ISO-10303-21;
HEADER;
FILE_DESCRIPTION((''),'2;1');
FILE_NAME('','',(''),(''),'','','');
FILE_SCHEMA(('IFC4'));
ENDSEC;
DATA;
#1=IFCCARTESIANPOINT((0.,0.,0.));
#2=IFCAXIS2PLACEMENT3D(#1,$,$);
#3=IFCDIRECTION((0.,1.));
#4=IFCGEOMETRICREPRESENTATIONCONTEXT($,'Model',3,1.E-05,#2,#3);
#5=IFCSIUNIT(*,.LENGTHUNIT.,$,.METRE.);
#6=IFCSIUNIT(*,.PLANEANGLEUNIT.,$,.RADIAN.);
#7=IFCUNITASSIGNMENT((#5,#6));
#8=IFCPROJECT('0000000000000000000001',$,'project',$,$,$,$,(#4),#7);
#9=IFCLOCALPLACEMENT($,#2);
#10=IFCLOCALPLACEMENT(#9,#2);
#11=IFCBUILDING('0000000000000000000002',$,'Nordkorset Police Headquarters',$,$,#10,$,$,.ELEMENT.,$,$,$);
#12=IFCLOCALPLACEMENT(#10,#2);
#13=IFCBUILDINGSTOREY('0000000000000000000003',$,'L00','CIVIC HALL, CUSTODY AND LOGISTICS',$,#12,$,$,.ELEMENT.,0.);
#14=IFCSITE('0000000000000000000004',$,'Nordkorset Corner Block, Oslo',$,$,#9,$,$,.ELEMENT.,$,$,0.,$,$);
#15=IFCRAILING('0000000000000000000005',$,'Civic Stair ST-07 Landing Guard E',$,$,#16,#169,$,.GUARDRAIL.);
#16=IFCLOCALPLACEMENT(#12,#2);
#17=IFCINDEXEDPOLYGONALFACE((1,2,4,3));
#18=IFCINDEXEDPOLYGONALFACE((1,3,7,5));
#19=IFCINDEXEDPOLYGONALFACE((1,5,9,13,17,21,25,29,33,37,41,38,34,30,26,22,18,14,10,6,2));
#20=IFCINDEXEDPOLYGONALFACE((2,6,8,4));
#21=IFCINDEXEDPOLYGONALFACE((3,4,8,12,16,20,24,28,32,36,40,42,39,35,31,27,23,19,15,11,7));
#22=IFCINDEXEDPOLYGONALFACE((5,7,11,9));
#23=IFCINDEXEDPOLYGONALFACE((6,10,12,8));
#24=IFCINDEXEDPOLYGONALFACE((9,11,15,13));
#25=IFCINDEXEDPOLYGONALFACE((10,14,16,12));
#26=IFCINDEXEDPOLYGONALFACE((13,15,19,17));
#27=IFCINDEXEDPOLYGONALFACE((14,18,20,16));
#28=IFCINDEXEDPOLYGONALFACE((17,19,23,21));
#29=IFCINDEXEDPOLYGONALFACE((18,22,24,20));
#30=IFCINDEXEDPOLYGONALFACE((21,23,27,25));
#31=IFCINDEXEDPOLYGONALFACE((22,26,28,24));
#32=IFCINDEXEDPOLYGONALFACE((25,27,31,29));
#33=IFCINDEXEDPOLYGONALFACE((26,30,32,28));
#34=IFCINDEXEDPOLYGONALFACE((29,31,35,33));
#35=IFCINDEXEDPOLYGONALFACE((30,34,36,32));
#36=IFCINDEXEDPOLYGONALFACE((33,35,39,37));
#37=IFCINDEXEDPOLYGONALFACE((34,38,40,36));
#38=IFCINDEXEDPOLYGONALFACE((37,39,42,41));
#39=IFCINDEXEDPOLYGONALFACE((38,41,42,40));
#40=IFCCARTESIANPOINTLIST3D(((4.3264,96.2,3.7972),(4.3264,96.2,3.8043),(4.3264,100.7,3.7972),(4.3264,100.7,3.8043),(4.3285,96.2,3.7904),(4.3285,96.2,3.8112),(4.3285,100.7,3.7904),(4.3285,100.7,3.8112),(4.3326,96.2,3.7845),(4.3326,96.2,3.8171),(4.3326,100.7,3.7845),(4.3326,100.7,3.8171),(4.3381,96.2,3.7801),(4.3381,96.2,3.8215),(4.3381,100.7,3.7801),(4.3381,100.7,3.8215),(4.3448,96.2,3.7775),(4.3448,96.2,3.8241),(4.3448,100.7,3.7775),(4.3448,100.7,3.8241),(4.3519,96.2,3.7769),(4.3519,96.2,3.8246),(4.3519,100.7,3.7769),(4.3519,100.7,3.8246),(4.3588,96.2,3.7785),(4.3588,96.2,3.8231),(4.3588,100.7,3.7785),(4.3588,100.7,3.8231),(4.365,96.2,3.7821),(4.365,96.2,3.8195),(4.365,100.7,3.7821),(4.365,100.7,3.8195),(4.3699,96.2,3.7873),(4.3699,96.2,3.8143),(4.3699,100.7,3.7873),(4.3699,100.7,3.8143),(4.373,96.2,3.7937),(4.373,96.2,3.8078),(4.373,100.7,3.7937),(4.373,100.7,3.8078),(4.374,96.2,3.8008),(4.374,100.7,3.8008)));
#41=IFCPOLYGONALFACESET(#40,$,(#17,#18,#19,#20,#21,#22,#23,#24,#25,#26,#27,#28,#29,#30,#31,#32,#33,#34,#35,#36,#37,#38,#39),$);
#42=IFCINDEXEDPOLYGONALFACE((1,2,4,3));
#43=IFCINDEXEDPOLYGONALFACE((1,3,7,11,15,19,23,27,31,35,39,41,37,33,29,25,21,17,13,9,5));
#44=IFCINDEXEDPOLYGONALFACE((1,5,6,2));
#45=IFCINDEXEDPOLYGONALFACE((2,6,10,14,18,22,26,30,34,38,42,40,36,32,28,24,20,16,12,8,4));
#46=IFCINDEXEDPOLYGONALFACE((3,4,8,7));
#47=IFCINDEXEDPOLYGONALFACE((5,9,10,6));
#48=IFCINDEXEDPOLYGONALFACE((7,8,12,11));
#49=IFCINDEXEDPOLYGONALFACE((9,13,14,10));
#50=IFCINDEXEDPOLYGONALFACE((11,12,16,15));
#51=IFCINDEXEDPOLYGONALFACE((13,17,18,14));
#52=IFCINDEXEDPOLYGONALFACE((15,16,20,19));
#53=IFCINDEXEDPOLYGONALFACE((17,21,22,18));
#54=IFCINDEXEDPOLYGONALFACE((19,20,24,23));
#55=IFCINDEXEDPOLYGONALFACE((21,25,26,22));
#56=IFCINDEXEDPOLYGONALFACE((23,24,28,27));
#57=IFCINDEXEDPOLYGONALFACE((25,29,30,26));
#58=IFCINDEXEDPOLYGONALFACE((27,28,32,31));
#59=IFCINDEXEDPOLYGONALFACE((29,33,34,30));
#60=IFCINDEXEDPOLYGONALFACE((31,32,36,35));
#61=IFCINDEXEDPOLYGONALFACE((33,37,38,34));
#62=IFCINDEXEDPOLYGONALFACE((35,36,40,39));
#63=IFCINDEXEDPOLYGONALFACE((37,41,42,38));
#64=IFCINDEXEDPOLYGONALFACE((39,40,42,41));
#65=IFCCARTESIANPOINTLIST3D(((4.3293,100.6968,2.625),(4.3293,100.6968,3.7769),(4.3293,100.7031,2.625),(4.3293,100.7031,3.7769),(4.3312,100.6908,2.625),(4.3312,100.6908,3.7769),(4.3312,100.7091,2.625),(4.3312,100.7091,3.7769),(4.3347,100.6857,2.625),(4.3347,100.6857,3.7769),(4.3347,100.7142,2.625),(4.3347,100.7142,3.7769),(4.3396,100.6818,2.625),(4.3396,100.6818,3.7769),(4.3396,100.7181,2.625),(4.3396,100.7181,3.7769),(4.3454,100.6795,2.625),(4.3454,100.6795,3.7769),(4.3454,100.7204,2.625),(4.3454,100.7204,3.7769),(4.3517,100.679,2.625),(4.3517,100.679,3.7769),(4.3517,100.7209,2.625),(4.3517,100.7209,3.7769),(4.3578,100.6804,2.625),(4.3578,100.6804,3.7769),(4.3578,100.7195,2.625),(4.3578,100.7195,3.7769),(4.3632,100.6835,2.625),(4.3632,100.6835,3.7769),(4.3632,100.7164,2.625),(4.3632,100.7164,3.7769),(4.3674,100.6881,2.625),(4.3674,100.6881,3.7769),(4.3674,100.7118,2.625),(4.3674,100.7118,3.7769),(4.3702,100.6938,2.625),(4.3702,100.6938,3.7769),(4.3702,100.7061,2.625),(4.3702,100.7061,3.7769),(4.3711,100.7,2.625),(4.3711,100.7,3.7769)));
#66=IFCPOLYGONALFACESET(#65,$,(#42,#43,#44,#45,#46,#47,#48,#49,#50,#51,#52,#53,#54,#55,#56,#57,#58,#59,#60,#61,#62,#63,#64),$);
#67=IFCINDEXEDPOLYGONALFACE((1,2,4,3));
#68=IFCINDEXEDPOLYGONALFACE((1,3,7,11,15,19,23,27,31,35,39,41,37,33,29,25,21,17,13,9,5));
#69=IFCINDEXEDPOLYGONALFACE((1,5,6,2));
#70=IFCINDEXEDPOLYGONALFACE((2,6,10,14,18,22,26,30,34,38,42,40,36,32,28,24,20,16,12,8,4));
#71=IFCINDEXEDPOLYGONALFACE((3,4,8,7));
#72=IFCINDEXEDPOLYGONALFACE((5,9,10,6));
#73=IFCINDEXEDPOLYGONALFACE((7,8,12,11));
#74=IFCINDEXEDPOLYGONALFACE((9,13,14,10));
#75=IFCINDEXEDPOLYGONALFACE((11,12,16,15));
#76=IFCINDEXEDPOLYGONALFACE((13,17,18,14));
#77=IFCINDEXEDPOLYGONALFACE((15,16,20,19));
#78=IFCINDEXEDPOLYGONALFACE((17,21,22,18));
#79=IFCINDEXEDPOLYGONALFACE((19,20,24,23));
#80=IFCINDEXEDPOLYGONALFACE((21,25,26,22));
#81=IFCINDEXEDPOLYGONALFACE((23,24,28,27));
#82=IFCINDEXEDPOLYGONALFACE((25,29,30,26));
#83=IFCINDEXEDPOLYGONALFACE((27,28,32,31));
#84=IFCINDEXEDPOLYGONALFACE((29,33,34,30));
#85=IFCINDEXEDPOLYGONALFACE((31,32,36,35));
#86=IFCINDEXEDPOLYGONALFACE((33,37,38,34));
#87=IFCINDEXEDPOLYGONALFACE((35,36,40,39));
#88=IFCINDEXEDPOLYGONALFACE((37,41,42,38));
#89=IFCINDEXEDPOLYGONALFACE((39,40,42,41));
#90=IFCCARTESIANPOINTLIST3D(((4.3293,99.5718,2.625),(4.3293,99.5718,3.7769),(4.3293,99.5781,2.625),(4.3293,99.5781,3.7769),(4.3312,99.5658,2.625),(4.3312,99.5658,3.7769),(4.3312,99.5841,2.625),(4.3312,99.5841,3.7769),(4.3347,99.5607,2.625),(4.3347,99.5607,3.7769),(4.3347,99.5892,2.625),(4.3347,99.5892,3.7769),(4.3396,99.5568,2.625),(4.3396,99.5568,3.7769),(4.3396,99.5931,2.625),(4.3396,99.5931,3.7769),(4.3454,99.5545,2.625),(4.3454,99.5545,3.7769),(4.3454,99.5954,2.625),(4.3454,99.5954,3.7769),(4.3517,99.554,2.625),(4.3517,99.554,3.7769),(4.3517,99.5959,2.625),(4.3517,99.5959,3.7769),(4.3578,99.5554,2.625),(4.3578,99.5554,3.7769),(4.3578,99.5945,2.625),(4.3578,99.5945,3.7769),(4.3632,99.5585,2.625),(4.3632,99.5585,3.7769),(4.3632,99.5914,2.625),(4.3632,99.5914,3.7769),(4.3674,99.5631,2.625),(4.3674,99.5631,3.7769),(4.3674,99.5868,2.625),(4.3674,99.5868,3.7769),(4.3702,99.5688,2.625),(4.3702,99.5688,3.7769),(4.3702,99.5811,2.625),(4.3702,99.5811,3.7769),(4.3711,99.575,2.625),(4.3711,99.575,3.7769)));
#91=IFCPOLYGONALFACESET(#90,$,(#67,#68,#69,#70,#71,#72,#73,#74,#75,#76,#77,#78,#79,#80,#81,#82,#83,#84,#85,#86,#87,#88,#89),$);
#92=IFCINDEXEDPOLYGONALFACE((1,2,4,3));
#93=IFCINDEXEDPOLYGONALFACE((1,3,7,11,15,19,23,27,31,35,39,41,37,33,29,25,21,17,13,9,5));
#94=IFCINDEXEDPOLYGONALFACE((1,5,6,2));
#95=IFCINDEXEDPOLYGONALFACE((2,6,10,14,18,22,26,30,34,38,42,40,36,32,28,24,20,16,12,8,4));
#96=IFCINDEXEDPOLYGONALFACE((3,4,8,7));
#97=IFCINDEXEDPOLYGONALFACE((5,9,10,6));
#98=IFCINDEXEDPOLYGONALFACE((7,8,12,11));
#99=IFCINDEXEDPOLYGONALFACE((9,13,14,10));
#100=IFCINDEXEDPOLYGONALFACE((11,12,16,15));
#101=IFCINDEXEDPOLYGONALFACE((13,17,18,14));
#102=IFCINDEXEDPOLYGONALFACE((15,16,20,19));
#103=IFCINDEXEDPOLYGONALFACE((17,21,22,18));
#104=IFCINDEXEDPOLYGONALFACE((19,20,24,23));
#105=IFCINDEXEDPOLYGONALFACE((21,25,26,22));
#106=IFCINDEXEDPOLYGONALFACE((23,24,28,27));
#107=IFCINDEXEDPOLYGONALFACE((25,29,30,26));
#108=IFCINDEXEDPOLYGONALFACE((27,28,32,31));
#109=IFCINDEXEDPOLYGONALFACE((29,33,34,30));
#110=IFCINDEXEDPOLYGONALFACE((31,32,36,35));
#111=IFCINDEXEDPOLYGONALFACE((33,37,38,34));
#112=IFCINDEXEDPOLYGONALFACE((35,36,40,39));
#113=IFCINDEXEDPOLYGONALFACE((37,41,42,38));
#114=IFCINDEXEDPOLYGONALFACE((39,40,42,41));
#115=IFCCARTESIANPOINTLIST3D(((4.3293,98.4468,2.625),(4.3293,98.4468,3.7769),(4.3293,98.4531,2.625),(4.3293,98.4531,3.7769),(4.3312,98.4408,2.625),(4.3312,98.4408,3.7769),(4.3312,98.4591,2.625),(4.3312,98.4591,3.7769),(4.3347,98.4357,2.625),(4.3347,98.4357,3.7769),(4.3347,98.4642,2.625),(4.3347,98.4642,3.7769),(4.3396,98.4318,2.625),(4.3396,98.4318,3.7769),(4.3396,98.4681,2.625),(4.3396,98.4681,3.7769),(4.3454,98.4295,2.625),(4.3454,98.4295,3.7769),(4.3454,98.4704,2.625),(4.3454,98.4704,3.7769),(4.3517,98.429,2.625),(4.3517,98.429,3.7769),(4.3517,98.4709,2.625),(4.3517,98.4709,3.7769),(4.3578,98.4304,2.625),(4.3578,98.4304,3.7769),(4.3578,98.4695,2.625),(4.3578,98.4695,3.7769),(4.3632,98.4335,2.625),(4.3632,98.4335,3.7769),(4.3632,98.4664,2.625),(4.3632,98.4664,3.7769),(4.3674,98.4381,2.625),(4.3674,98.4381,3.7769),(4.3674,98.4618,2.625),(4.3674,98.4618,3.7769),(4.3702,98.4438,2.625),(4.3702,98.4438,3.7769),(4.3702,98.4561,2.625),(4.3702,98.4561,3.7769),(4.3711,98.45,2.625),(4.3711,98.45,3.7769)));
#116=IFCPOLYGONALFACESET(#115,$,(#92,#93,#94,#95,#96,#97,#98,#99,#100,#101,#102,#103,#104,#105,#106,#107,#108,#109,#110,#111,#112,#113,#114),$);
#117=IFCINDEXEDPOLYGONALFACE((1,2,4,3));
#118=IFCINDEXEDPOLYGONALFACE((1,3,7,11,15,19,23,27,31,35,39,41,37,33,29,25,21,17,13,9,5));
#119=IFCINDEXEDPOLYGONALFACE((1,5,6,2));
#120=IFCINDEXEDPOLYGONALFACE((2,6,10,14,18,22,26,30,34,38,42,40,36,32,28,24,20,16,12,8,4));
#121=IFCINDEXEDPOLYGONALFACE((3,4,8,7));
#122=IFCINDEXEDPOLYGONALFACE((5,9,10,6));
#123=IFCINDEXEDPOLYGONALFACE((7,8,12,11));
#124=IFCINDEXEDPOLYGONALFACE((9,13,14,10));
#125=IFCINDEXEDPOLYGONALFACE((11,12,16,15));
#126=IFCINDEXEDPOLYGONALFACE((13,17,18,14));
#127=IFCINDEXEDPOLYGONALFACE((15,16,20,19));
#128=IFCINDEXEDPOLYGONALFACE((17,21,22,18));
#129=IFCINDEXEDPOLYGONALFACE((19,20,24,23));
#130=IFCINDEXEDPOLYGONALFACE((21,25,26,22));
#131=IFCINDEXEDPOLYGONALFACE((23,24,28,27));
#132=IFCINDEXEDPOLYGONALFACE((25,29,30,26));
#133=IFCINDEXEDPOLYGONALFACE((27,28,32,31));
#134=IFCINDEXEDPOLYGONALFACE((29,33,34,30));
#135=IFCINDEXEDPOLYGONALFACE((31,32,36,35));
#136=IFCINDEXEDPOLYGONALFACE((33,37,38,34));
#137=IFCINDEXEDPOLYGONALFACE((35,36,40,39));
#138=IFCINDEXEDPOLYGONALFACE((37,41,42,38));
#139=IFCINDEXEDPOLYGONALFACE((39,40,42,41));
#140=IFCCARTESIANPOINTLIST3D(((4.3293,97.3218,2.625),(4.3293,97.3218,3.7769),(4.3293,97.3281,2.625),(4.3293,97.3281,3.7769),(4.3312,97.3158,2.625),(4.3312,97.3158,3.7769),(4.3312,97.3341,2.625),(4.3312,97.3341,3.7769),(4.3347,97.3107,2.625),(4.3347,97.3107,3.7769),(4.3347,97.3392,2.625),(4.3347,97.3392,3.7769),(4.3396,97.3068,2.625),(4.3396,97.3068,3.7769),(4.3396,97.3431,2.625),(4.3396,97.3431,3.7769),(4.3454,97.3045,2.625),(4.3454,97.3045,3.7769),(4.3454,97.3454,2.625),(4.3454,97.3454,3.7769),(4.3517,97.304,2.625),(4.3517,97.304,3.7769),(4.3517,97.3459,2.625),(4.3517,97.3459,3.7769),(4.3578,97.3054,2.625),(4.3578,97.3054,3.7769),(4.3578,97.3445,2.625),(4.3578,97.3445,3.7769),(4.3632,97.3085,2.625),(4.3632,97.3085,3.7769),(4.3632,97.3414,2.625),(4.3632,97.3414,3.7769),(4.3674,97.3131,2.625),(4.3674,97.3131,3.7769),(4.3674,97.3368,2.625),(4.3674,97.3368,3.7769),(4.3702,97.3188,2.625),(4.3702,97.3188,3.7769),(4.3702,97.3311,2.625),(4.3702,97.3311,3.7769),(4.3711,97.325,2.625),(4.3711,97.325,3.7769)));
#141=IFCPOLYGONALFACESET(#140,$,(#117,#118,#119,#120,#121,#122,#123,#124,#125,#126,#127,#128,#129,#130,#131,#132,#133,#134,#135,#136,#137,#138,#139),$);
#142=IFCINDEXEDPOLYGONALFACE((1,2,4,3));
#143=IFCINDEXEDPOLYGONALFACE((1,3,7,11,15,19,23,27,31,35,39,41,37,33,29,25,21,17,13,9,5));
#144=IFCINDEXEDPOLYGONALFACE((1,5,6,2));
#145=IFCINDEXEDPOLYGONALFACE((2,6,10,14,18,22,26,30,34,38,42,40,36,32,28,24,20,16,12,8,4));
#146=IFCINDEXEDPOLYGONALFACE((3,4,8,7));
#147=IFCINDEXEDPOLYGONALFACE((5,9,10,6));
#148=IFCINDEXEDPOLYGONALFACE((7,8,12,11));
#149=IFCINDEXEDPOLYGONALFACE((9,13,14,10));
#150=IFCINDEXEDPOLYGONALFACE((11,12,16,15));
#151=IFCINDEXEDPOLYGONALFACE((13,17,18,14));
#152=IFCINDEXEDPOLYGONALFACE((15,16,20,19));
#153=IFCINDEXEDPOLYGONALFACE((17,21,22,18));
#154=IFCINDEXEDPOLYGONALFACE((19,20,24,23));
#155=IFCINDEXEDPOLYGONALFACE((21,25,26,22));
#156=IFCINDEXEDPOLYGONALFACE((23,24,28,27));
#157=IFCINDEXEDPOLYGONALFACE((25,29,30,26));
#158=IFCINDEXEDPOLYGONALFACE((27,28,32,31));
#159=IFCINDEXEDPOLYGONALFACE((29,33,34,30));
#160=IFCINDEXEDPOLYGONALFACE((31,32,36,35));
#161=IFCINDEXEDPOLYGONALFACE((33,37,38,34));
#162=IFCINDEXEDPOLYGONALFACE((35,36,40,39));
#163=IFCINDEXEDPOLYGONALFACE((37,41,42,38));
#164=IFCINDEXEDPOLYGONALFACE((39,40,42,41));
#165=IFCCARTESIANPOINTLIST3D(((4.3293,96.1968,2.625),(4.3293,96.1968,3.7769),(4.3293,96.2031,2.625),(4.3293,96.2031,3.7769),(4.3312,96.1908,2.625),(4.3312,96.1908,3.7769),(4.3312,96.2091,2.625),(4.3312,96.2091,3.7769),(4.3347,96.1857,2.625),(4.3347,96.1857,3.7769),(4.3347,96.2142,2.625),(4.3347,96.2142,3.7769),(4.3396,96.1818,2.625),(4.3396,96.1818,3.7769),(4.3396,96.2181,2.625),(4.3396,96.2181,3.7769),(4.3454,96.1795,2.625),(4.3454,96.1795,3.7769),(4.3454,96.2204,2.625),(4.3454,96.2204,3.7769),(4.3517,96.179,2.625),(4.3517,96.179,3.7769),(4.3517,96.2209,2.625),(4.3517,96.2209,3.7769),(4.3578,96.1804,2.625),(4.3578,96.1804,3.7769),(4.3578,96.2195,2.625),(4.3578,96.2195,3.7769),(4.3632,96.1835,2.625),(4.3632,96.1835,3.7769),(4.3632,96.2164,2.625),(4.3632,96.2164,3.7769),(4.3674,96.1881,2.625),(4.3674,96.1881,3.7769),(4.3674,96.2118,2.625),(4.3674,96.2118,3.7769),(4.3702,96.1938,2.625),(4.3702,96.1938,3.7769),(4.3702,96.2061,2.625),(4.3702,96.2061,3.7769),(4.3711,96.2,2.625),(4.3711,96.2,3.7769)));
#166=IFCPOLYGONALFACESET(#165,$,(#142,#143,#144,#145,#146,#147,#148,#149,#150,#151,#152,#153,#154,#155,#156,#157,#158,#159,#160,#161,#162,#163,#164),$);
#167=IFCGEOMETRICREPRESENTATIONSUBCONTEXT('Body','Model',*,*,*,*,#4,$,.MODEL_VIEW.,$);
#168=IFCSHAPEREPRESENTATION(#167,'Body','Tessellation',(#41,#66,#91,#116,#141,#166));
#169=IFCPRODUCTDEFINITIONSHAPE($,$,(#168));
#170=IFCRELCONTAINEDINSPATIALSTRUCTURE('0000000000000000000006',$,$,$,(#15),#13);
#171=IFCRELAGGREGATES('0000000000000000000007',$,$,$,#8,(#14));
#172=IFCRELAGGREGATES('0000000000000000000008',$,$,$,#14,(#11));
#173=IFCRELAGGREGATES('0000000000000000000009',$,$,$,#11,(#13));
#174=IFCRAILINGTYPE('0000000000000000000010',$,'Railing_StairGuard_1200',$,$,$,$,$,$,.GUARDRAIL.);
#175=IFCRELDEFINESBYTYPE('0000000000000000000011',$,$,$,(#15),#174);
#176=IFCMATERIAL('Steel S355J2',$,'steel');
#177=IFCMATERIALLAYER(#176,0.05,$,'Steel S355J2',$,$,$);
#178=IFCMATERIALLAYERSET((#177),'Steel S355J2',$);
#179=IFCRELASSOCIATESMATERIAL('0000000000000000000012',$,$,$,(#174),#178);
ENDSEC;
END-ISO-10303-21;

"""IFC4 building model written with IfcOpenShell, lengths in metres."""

from ifc_helpers import new_model, si_unit, direction, frame, origin, origin_2d, place, context, subcontext, project, spatial, circle, extrude, material, layer, layer_set, type_object, element, save


model = new_model("IFC4")

# Units and contexts
model_context = context("Model", 3, precision=1e-05, world=origin(), true_north=direction((0.0, 1.0)))
body_context = subcontext(model_context, "Body", "Model", "MODEL_VIEW")
ifc_project = project(units=[si_unit("LENGTHUNIT", "METRE"), si_unit("PLANEANGLEUNIT", "RADIAN")], contexts=[model_context])

# Site, building, storey
site_placement = place(None, origin())
site = spatial("IfcSite", under=ifc_project, at=site_placement, Name="Nordkorset Corner Block, Oslo", CompositionType="ELEMENT", RefElevation=0.0)
building_placement = place(site_placement, origin())
building = spatial("IfcBuilding", under=site, at=building_placement, Name="Nordkorset Police Headquarters", CompositionType="ELEMENT")
storey_placement = place(building_placement, origin())
storey = spatial("IfcBuildingStorey", under=building, at=storey_placement, Name="L00", Description="CIVIC HALL, CUSTODY AND LOGISTICS", CompositionType="ELEMENT", Elevation=0.0)

# Railing
ifc_material_1 = material(Name="Steel S355J2", Category="steel")
ifc_layer_1 = layer(ifc_material_1, 0.05, Name="Steel S355J2")
ifc_layer_set_1 = layer_set([ifc_layer_1], Name="Steel S355J2")
railing_type = type_object("IfcRailingType", Name="Railing_StairGuard_1200", PredefinedType="GUARDRAIL", material=ifc_layer_set_1)
railing_1_placement = place(storey_placement, frame((4.3501, 100.7, 2.625)))
element("IfcRailing", 1, at=railing_1_placement, inside=storey, type_object=railing_type, Name="Civic Stair ST-07 Landing Guard E", PredefinedType="GUARDRAIL", context=body_context, shape_type="SweptSolid", body=[
    extrude(circle(Radius=0.0239, at=origin_2d()), frame((0.0, 0.0, 1.1758), z_axis=(0.0, -1.0, 0.0), x_axis=(1.0, 0.0, 0.0)), (0.0, 0.0, 1.0), 4.5),
    extrude(circle(Radius=0.021, at=origin_2d()), origin(), (0.0, 0.0, 1.0), 1.1519),
    extrude(circle(Radius=0.021, at=origin_2d()), frame((0.0, -1.125, 0.0)), (0.0, 0.0, 1.0), 1.1519),
    extrude(circle(Radius=0.021, at=origin_2d()), frame((0.0, -2.25, 0.0)), (0.0, 0.0, 1.0), 1.1519),
    extrude(circle(Radius=0.021, at=origin_2d()), frame((0.0, -3.375, 0.0)), (0.0, 0.0, 1.0), 1.1519),
    extrude(circle(Radius=0.021, at=origin_2d()), frame((0.0, -4.5, 0.0)), (0.0, 0.0, 1.0), 1.1519),
])

save(model, "model.ifc")
